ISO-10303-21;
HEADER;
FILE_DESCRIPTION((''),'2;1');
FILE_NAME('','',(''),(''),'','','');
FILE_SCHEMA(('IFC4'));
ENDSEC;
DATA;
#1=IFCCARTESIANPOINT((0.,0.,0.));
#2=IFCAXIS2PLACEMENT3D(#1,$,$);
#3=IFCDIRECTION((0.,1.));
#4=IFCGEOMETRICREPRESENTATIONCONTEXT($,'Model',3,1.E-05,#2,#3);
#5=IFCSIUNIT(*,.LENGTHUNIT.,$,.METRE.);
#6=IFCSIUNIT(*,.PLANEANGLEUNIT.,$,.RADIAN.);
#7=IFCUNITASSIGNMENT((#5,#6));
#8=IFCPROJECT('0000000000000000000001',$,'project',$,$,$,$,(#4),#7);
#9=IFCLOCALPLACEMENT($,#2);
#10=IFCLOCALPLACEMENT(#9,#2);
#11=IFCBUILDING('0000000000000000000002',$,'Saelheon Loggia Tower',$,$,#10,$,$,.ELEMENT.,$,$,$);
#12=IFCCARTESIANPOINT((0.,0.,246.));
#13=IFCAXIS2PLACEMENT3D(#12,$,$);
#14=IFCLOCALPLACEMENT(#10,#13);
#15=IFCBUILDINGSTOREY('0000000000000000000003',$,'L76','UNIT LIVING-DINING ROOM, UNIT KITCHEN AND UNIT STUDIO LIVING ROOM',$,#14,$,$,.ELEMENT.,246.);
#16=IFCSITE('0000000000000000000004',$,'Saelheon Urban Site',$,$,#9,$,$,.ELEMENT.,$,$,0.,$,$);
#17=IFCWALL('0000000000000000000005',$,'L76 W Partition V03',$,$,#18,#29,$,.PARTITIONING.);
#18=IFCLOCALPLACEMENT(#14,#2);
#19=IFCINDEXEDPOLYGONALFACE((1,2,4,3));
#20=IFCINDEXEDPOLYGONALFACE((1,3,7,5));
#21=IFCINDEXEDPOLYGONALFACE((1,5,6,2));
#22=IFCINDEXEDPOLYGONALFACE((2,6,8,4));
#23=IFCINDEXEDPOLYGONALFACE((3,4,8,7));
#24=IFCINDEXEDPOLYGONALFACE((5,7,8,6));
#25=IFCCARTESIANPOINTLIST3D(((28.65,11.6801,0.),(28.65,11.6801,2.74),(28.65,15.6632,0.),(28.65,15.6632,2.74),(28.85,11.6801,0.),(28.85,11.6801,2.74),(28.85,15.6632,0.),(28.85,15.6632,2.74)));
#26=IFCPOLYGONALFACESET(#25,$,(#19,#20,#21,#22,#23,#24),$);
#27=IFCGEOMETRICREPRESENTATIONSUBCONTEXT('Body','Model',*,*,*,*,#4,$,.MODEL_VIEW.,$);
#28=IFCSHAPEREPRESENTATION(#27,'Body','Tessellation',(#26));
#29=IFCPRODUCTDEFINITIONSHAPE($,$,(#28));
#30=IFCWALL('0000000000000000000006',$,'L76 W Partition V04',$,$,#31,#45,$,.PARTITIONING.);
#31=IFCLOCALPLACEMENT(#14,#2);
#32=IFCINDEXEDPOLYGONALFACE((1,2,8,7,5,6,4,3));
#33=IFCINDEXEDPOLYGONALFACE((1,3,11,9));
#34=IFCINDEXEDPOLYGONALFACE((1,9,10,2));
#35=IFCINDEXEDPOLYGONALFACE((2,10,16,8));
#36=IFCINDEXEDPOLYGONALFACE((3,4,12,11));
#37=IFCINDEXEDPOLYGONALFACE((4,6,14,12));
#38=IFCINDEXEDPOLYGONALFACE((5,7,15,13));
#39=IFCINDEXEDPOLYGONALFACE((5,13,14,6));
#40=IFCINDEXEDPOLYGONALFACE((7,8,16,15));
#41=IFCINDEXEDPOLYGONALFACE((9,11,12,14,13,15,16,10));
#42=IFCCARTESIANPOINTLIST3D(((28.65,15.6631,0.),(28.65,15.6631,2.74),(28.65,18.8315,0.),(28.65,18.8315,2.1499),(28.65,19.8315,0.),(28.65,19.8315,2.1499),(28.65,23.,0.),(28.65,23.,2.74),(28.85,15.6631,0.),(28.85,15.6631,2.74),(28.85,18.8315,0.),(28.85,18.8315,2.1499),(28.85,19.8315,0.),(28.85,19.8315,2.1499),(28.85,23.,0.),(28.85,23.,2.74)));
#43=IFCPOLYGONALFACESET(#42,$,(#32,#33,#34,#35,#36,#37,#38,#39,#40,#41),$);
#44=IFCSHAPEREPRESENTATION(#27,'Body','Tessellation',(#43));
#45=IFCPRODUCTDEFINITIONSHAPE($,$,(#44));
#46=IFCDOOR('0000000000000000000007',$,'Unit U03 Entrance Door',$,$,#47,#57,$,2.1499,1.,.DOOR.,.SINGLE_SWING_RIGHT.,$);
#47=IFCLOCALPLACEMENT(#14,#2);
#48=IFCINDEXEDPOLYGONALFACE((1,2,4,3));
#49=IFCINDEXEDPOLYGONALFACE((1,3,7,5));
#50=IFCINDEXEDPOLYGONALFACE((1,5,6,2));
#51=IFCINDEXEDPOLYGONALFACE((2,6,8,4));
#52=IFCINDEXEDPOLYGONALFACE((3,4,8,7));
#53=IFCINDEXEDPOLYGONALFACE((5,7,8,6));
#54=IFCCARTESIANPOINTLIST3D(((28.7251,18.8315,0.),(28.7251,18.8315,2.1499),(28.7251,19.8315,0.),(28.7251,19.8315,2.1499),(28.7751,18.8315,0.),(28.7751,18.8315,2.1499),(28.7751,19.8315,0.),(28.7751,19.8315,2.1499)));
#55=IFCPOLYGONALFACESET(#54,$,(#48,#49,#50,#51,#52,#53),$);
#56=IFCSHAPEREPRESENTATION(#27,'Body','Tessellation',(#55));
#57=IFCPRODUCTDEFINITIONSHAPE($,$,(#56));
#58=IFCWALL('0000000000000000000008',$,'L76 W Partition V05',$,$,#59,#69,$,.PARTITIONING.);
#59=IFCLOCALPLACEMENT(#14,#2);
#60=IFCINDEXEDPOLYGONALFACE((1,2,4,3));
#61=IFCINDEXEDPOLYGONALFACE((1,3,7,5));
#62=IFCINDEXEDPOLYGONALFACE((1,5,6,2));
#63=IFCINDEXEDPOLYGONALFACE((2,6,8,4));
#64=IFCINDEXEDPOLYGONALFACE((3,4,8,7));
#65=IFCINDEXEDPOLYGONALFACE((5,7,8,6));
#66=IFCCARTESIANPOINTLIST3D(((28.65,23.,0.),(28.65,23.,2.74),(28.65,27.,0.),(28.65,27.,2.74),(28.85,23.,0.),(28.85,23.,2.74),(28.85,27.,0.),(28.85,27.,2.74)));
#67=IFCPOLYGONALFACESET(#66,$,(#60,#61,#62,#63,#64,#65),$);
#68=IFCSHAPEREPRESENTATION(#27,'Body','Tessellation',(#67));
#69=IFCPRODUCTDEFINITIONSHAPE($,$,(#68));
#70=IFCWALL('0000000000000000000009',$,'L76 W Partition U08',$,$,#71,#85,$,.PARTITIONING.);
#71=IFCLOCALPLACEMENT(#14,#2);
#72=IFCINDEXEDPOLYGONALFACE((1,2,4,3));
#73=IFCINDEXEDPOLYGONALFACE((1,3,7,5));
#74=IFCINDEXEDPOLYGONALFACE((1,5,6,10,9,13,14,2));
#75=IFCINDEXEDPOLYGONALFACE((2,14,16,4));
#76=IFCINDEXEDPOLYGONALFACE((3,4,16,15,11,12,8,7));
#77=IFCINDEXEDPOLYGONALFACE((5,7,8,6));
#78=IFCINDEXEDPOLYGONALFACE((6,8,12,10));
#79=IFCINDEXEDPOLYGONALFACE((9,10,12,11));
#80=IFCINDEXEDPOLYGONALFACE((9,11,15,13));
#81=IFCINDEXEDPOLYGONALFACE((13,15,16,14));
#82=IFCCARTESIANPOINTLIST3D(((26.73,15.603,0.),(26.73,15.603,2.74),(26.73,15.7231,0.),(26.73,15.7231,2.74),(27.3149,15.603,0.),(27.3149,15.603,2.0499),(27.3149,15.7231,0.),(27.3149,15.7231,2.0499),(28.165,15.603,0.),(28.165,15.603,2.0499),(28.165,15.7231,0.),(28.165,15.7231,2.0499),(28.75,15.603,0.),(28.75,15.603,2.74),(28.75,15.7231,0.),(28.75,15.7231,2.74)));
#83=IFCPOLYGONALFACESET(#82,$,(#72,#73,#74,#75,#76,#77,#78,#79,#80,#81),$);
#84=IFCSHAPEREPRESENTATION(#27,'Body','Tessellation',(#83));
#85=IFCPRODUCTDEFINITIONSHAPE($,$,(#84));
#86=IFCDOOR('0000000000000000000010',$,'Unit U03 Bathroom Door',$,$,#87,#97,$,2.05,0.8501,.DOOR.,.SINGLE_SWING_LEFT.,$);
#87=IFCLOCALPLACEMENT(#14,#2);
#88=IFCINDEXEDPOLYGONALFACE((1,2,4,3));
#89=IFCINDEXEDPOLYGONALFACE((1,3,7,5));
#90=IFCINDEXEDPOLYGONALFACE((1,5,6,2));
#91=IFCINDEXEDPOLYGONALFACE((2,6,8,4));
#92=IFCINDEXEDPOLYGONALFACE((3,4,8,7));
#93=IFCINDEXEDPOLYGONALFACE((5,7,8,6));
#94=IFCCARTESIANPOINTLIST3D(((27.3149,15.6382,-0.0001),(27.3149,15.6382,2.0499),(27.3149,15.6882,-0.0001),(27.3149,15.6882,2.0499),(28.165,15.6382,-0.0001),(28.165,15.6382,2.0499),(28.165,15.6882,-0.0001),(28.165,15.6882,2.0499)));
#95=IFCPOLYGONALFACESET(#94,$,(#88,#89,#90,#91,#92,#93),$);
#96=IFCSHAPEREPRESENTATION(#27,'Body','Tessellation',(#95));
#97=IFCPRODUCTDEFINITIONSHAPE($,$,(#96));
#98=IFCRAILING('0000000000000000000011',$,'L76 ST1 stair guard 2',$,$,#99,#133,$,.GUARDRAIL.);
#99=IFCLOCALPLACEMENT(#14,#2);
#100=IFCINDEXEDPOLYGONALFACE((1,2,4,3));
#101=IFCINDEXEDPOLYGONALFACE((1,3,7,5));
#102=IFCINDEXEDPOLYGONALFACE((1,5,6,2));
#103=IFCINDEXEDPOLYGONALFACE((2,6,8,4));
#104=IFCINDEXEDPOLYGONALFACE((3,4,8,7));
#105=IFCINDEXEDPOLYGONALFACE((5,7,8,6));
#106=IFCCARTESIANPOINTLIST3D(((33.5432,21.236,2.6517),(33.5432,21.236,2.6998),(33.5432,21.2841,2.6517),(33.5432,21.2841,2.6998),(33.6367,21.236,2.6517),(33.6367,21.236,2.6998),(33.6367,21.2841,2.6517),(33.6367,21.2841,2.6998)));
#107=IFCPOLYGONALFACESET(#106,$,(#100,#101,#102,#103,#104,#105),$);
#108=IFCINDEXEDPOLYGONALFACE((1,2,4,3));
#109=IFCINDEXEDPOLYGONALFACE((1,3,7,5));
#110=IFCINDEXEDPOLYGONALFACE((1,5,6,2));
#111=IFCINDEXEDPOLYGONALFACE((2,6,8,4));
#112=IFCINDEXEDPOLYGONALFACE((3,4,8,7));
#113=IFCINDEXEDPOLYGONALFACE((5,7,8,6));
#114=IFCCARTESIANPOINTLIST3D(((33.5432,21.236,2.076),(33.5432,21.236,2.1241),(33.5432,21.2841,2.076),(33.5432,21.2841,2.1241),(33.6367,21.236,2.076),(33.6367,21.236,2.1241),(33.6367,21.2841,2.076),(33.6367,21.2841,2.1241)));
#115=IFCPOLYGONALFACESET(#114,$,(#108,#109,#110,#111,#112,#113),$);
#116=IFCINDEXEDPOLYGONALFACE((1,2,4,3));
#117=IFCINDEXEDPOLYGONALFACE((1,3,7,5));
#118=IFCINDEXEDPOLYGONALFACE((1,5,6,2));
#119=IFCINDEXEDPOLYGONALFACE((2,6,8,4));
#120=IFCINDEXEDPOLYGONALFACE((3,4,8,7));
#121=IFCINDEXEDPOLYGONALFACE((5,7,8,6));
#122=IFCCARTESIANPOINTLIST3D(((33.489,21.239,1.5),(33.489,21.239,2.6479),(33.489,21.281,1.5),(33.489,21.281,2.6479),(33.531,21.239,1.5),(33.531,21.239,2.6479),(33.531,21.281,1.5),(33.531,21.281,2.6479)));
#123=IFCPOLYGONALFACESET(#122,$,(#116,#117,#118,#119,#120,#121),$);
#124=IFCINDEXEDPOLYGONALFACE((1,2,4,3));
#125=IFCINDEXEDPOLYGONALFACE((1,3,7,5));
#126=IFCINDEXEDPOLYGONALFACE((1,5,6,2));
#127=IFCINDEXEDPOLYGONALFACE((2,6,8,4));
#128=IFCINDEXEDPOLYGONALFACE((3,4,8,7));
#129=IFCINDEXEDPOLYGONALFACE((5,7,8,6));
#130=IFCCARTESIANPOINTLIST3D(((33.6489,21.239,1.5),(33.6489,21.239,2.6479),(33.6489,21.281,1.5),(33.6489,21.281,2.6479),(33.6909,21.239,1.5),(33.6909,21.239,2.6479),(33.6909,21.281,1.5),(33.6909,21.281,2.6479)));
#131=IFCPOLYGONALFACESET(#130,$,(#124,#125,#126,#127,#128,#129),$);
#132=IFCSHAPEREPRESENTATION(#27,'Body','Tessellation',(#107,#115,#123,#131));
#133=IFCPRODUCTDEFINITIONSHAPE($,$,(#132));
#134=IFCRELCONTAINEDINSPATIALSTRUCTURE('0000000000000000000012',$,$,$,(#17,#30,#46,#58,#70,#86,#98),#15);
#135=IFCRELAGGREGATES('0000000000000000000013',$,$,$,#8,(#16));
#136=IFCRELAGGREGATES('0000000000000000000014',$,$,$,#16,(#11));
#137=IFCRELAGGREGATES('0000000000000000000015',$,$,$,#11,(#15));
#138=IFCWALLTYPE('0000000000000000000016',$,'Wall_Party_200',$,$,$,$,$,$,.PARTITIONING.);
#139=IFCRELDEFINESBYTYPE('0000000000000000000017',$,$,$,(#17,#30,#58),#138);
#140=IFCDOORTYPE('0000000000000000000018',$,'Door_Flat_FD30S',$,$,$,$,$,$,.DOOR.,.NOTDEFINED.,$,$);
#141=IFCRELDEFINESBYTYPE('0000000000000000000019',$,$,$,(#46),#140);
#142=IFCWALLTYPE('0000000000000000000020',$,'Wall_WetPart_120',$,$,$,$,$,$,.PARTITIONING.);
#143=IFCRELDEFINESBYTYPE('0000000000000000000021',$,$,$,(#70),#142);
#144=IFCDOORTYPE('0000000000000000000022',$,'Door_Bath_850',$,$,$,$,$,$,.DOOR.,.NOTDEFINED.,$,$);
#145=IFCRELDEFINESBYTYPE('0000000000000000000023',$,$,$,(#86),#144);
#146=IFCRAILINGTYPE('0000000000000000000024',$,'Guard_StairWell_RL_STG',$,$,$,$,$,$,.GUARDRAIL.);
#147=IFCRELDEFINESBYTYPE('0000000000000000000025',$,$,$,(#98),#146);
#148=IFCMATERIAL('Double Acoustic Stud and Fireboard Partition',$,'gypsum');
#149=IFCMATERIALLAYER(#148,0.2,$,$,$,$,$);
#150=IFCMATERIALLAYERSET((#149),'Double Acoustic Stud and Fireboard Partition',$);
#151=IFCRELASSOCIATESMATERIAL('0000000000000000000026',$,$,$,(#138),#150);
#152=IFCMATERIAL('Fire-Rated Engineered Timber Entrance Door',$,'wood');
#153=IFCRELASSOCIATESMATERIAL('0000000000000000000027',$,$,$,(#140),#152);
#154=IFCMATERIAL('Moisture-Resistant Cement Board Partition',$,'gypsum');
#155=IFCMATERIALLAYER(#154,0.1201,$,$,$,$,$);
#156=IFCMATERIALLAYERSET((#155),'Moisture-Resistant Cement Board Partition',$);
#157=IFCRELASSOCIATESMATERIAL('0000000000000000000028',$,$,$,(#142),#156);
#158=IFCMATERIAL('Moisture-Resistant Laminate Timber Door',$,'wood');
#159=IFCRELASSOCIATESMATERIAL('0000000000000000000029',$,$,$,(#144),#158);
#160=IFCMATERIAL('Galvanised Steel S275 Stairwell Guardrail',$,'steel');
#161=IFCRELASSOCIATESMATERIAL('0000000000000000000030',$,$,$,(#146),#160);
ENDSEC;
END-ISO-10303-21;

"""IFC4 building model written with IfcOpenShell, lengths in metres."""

from ifc_helpers import new_model, si_unit, direction, frame, frame_2d, origin, origin_2d, place, context, subcontext, project, spatial, rectangle, extrude, source, transform, mapped, material, layer, layer_set, type_object, element, fill, save


model = new_model("IFC4")

# Units and contexts
model_context = context("Model", 3, precision=1e-05, world=origin(), true_north=direction((0.0, 1.0)))
body_context = subcontext(model_context, "Body", "Model", "MODEL_VIEW")
ifc_project = project(units=[si_unit("LENGTHUNIT", "METRE"), si_unit("PLANEANGLEUNIT", "RADIAN")], contexts=[model_context])

# Site, building, storey
site_placement = place(None, origin())
site = spatial("IfcSite", under=ifc_project, at=site_placement, Name="Saelheon Urban Site", CompositionType="ELEMENT", RefElevation=0.0)
building_placement = place(site_placement, origin())
building = spatial("IfcBuilding", under=site, at=building_placement, Name="Saelheon Loggia Tower", CompositionType="ELEMENT")
storey_placement = place(building_placement, frame((0.0, 0.0, 246.0)))
storey = spatial("IfcBuildingStorey", under=building, at=storey_placement, Name="L76", Description="UNIT LIVING-DINING ROOM, UNIT KITCHEN AND UNIT STUDIO LIVING ROOM", CompositionType="ELEMENT", Elevation=246.0)

# Wall
ifc_material_1 = material(Name="Double Acoustic Stud and Fireboard Partition", Category="gypsum")
ifc_layer_1 = layer(ifc_material_1, 0.2)
ifc_layer_set_1 = layer_set([ifc_layer_1], Name="Double Acoustic Stud and Fireboard Partition")
wall_type_1 = type_object("IfcWallType", Name="Wall_Party_200", PredefinedType="PARTITIONING", material=ifc_layer_set_1)
wall_1_placement = place(storey_placement, frame((28.75, 11.6799, 0.0), z_axis=(0.0, 0.0, 1.0), x_axis=(0.0, 1.0, 0.0)))
element("IfcWall", 1, at=wall_1_placement, inside=storey, type_object=wall_type_1, Name="L76 W Partition V03", PredefinedType="PARTITIONING", context=body_context, shape_type="SweptSolid", body=[
    extrude(rectangle(XDim=3.9832, YDim=0.2, at=frame_2d((1.9917, 0.0))), origin(), (0.0, 0.0, 1.0), 2.74),
])

# Wall, opening, door
wall_2_placement = place(storey_placement, frame((28.75, 15.6631, 0.0), z_axis=(0.0, 0.0, 1.0), x_axis=(0.0, 1.0, 0.0)))
wall_2 = element("IfcWall", 2, at=wall_2_placement, inside=storey, type_object=wall_type_1, Name="L76 W Partition V04", PredefinedType="PARTITIONING", context=body_context, shape_type="SweptSolid", body=[
    extrude(rectangle(XDim=7.3369, YDim=0.2, at=frame_2d((3.6685, 0.0))), origin(), (0.0, 0.0, 1.0), 2.74),
])
opening_1_placement = place(wall_2_placement, frame((3.1685, 0.0, 0.0)))
opening_1 = element("IfcOpeningElement", 3, at=opening_1_placement, cuts=wall_2, PredefinedType="OPENING", context=body_context, shape_type="SweptSolid", body=[
    extrude(rectangle(XDim=1.0, YDim=2.1499, at=frame_2d((0.5, 1.075))), frame((0.0, 0.1121, 0.0), z_axis=(0.0, -1.0, 0.0), x_axis=(1.0, 0.0, 0.0)), (0.0, 0.0, 1.0), 0.2239),
])
ifc_material_2 = material(Name="Fire-Rated Engineered Timber Entrance Door", Category="wood")
door_type_1 = type_object("IfcDoorType", Name="Door_Flat_FD30S", OperationType="NOTDEFINED", PredefinedType="DOOR", material=ifc_material_2)
shared_shape_1 = source(origin(), body_context, "Body", "SweptSolid", [
    extrude(rectangle(XDim=1.0, YDim=2.1499, at=frame_2d((0.5, 1.075))), frame((0.0, 0.0249, 0.0), z_axis=(0.0, -1.0, 0.0), x_axis=(1.0, 0.0, 0.0)), (0.0, 0.0, 1.0), 0.05),
])
door_1_placement = place(opening_1_placement, origin())
door_1 = element("IfcDoor", 4, at=door_1_placement, inside=storey, type_object=door_type_1, Name="Unit U03 Entrance Door", OperationType="SINGLE_SWING_RIGHT", OverallHeight=2.1499, OverallWidth=1.0, PredefinedType="DOOR", context=body_context, shape_type="MappedRepresentation", body=[
    mapped(shared_shape_1, transform((0.0, 0.0, 0.0), scale=1.0)),
])
fill(opening_1, door_1)

# Wall
wall_3_placement = place(storey_placement, frame((28.75, 23.0, 0.0), z_axis=(0.0, 0.0, 1.0), x_axis=(0.0, 1.0, 0.0)))
element("IfcWall", 5, at=wall_3_placement, inside=storey, type_object=wall_type_1, Name="L76 W Partition V05", PredefinedType="PARTITIONING", context=body_context, shape_type="SweptSolid", body=[
    extrude(rectangle(XDim=4.0, YDim=0.2, at=frame_2d((2.0, 0.0))), origin(), (0.0, 0.0, 1.0), 2.74),
])

# Wall, opening, door
ifc_material_3 = material(Name="Moisture-Resistant Cement Board Partition", Category="gypsum")
ifc_layer_2 = layer(ifc_material_3, 0.1201)
ifc_layer_set_2 = layer_set([ifc_layer_2], Name="Moisture-Resistant Cement Board Partition")
wall_type_2 = type_object("IfcWallType", Name="Wall_WetPart_120", PredefinedType="PARTITIONING", material=ifc_layer_set_2)
wall_4_placement = place(storey_placement, frame((28.75, 15.6631, 0.0), z_axis=(0.0, 0.0, 1.0), x_axis=(-1.0, 0.0, 0.0)))
wall_4 = element("IfcWall", 6, at=wall_4_placement, inside=storey, type_object=wall_type_2, Name="L76 W Partition U08", PredefinedType="PARTITIONING", context=body_context, shape_type="SweptSolid", body=[
    extrude(rectangle(XDim=2.02, YDim=0.1201, at=frame_2d((1.01, 0.0))), origin(), (0.0, 0.0, 1.0), 2.74),
])
opening_2_placement = place(wall_4_placement, frame((0.585, 0.0, 0.0)))
opening_2 = element("IfcOpeningElement", 7, at=opening_2_placement, cuts=wall_4, PredefinedType="OPENING", context=body_context, shape_type="SweptSolid", body=[
    extrude(rectangle(XDim=0.8501, YDim=2.05, at=frame_2d((0.425, 1.0249))), frame((0.0, 0.072, 0.0), z_axis=(0.0, -1.0, 0.0), x_axis=(1.0, 0.0, 0.0)), (0.0, 0.0, 1.0), 0.144),
])
ifc_material_4 = material(Name="Moisture-Resistant Laminate Timber Door", Category="wood")
door_type_2 = type_object("IfcDoorType", Name="Door_Bath_850", OperationType="NOTDEFINED", PredefinedType="DOOR", material=ifc_material_4)
shared_shape_2 = source(origin(), body_context, "Body", "SweptSolid", [
    extrude(rectangle(XDim=0.8501, YDim=2.05, at=frame_2d((0.425, 1.0249))), frame((0.0, 0.0249, 0.0), z_axis=(0.0, -1.0, 0.0), x_axis=(1.0, 0.0, 0.0)), (0.0, 0.0, 1.0), 0.05),
])
door_2_placement = place(opening_2_placement, origin())
door_2 = element("IfcDoor", 8, at=door_2_placement, inside=storey, type_object=door_type_2, Name="Unit U03 Bathroom Door", OperationType="SINGLE_SWING_LEFT", OverallHeight=2.05, OverallWidth=0.8501, PredefinedType="DOOR", context=body_context, shape_type="MappedRepresentation", body=[
    mapped(shared_shape_2, transform((0.0, 0.0, 0.0), scale=1.0)),
])
fill(opening_2, door_2)

# Railing
ifc_material_5 = material(Name="Galvanised Steel S275 Stairwell Guardrail", Category="steel")
railing_type = type_object("IfcRailingType", Name="Guard_StairWell_RL_STG", PredefinedType="GUARDRAIL", material=ifc_material_5)
railing_1_placement = place(storey_placement, frame((33.51, 21.26, 1.5)))
element("IfcRailing", 9, at=railing_1_placement, inside=storey, type_object=railing_type, Name="L76 ST1 stair guard 2", PredefinedType="GUARDRAIL", context=body_context, shape_type="SweptSolid", body=[
    extrude(rectangle(XDim=0.0481, YDim=0.0481, at=origin_2d()), frame((0.0332, 0.0, 1.1758), z_axis=(1.0, 0.0, 0.0), x_axis=(0.0, 1.0, 0.0)), (0.0, 0.0, 1.0), 0.0935),
    extrude(rectangle(XDim=0.0481, YDim=0.0481, at=origin_2d()), frame((0.0332, 0.0, 0.6001), z_axis=(1.0, 0.0, 0.0), x_axis=(0.0, 1.0, 0.0)), (0.0, 0.0, 1.0), 0.0935),
    extrude(rectangle(XDim=0.042, YDim=0.042, at=origin_2d()), origin(), (0.0, 0.0, 1.0), 1.1479),
    extrude(rectangle(XDim=0.042, YDim=0.042, at=origin_2d()), frame((0.1599, 0.0, 0.0)), (0.0, 0.0, 1.0), 1.1479),
])

save(model, "model.ifc")
